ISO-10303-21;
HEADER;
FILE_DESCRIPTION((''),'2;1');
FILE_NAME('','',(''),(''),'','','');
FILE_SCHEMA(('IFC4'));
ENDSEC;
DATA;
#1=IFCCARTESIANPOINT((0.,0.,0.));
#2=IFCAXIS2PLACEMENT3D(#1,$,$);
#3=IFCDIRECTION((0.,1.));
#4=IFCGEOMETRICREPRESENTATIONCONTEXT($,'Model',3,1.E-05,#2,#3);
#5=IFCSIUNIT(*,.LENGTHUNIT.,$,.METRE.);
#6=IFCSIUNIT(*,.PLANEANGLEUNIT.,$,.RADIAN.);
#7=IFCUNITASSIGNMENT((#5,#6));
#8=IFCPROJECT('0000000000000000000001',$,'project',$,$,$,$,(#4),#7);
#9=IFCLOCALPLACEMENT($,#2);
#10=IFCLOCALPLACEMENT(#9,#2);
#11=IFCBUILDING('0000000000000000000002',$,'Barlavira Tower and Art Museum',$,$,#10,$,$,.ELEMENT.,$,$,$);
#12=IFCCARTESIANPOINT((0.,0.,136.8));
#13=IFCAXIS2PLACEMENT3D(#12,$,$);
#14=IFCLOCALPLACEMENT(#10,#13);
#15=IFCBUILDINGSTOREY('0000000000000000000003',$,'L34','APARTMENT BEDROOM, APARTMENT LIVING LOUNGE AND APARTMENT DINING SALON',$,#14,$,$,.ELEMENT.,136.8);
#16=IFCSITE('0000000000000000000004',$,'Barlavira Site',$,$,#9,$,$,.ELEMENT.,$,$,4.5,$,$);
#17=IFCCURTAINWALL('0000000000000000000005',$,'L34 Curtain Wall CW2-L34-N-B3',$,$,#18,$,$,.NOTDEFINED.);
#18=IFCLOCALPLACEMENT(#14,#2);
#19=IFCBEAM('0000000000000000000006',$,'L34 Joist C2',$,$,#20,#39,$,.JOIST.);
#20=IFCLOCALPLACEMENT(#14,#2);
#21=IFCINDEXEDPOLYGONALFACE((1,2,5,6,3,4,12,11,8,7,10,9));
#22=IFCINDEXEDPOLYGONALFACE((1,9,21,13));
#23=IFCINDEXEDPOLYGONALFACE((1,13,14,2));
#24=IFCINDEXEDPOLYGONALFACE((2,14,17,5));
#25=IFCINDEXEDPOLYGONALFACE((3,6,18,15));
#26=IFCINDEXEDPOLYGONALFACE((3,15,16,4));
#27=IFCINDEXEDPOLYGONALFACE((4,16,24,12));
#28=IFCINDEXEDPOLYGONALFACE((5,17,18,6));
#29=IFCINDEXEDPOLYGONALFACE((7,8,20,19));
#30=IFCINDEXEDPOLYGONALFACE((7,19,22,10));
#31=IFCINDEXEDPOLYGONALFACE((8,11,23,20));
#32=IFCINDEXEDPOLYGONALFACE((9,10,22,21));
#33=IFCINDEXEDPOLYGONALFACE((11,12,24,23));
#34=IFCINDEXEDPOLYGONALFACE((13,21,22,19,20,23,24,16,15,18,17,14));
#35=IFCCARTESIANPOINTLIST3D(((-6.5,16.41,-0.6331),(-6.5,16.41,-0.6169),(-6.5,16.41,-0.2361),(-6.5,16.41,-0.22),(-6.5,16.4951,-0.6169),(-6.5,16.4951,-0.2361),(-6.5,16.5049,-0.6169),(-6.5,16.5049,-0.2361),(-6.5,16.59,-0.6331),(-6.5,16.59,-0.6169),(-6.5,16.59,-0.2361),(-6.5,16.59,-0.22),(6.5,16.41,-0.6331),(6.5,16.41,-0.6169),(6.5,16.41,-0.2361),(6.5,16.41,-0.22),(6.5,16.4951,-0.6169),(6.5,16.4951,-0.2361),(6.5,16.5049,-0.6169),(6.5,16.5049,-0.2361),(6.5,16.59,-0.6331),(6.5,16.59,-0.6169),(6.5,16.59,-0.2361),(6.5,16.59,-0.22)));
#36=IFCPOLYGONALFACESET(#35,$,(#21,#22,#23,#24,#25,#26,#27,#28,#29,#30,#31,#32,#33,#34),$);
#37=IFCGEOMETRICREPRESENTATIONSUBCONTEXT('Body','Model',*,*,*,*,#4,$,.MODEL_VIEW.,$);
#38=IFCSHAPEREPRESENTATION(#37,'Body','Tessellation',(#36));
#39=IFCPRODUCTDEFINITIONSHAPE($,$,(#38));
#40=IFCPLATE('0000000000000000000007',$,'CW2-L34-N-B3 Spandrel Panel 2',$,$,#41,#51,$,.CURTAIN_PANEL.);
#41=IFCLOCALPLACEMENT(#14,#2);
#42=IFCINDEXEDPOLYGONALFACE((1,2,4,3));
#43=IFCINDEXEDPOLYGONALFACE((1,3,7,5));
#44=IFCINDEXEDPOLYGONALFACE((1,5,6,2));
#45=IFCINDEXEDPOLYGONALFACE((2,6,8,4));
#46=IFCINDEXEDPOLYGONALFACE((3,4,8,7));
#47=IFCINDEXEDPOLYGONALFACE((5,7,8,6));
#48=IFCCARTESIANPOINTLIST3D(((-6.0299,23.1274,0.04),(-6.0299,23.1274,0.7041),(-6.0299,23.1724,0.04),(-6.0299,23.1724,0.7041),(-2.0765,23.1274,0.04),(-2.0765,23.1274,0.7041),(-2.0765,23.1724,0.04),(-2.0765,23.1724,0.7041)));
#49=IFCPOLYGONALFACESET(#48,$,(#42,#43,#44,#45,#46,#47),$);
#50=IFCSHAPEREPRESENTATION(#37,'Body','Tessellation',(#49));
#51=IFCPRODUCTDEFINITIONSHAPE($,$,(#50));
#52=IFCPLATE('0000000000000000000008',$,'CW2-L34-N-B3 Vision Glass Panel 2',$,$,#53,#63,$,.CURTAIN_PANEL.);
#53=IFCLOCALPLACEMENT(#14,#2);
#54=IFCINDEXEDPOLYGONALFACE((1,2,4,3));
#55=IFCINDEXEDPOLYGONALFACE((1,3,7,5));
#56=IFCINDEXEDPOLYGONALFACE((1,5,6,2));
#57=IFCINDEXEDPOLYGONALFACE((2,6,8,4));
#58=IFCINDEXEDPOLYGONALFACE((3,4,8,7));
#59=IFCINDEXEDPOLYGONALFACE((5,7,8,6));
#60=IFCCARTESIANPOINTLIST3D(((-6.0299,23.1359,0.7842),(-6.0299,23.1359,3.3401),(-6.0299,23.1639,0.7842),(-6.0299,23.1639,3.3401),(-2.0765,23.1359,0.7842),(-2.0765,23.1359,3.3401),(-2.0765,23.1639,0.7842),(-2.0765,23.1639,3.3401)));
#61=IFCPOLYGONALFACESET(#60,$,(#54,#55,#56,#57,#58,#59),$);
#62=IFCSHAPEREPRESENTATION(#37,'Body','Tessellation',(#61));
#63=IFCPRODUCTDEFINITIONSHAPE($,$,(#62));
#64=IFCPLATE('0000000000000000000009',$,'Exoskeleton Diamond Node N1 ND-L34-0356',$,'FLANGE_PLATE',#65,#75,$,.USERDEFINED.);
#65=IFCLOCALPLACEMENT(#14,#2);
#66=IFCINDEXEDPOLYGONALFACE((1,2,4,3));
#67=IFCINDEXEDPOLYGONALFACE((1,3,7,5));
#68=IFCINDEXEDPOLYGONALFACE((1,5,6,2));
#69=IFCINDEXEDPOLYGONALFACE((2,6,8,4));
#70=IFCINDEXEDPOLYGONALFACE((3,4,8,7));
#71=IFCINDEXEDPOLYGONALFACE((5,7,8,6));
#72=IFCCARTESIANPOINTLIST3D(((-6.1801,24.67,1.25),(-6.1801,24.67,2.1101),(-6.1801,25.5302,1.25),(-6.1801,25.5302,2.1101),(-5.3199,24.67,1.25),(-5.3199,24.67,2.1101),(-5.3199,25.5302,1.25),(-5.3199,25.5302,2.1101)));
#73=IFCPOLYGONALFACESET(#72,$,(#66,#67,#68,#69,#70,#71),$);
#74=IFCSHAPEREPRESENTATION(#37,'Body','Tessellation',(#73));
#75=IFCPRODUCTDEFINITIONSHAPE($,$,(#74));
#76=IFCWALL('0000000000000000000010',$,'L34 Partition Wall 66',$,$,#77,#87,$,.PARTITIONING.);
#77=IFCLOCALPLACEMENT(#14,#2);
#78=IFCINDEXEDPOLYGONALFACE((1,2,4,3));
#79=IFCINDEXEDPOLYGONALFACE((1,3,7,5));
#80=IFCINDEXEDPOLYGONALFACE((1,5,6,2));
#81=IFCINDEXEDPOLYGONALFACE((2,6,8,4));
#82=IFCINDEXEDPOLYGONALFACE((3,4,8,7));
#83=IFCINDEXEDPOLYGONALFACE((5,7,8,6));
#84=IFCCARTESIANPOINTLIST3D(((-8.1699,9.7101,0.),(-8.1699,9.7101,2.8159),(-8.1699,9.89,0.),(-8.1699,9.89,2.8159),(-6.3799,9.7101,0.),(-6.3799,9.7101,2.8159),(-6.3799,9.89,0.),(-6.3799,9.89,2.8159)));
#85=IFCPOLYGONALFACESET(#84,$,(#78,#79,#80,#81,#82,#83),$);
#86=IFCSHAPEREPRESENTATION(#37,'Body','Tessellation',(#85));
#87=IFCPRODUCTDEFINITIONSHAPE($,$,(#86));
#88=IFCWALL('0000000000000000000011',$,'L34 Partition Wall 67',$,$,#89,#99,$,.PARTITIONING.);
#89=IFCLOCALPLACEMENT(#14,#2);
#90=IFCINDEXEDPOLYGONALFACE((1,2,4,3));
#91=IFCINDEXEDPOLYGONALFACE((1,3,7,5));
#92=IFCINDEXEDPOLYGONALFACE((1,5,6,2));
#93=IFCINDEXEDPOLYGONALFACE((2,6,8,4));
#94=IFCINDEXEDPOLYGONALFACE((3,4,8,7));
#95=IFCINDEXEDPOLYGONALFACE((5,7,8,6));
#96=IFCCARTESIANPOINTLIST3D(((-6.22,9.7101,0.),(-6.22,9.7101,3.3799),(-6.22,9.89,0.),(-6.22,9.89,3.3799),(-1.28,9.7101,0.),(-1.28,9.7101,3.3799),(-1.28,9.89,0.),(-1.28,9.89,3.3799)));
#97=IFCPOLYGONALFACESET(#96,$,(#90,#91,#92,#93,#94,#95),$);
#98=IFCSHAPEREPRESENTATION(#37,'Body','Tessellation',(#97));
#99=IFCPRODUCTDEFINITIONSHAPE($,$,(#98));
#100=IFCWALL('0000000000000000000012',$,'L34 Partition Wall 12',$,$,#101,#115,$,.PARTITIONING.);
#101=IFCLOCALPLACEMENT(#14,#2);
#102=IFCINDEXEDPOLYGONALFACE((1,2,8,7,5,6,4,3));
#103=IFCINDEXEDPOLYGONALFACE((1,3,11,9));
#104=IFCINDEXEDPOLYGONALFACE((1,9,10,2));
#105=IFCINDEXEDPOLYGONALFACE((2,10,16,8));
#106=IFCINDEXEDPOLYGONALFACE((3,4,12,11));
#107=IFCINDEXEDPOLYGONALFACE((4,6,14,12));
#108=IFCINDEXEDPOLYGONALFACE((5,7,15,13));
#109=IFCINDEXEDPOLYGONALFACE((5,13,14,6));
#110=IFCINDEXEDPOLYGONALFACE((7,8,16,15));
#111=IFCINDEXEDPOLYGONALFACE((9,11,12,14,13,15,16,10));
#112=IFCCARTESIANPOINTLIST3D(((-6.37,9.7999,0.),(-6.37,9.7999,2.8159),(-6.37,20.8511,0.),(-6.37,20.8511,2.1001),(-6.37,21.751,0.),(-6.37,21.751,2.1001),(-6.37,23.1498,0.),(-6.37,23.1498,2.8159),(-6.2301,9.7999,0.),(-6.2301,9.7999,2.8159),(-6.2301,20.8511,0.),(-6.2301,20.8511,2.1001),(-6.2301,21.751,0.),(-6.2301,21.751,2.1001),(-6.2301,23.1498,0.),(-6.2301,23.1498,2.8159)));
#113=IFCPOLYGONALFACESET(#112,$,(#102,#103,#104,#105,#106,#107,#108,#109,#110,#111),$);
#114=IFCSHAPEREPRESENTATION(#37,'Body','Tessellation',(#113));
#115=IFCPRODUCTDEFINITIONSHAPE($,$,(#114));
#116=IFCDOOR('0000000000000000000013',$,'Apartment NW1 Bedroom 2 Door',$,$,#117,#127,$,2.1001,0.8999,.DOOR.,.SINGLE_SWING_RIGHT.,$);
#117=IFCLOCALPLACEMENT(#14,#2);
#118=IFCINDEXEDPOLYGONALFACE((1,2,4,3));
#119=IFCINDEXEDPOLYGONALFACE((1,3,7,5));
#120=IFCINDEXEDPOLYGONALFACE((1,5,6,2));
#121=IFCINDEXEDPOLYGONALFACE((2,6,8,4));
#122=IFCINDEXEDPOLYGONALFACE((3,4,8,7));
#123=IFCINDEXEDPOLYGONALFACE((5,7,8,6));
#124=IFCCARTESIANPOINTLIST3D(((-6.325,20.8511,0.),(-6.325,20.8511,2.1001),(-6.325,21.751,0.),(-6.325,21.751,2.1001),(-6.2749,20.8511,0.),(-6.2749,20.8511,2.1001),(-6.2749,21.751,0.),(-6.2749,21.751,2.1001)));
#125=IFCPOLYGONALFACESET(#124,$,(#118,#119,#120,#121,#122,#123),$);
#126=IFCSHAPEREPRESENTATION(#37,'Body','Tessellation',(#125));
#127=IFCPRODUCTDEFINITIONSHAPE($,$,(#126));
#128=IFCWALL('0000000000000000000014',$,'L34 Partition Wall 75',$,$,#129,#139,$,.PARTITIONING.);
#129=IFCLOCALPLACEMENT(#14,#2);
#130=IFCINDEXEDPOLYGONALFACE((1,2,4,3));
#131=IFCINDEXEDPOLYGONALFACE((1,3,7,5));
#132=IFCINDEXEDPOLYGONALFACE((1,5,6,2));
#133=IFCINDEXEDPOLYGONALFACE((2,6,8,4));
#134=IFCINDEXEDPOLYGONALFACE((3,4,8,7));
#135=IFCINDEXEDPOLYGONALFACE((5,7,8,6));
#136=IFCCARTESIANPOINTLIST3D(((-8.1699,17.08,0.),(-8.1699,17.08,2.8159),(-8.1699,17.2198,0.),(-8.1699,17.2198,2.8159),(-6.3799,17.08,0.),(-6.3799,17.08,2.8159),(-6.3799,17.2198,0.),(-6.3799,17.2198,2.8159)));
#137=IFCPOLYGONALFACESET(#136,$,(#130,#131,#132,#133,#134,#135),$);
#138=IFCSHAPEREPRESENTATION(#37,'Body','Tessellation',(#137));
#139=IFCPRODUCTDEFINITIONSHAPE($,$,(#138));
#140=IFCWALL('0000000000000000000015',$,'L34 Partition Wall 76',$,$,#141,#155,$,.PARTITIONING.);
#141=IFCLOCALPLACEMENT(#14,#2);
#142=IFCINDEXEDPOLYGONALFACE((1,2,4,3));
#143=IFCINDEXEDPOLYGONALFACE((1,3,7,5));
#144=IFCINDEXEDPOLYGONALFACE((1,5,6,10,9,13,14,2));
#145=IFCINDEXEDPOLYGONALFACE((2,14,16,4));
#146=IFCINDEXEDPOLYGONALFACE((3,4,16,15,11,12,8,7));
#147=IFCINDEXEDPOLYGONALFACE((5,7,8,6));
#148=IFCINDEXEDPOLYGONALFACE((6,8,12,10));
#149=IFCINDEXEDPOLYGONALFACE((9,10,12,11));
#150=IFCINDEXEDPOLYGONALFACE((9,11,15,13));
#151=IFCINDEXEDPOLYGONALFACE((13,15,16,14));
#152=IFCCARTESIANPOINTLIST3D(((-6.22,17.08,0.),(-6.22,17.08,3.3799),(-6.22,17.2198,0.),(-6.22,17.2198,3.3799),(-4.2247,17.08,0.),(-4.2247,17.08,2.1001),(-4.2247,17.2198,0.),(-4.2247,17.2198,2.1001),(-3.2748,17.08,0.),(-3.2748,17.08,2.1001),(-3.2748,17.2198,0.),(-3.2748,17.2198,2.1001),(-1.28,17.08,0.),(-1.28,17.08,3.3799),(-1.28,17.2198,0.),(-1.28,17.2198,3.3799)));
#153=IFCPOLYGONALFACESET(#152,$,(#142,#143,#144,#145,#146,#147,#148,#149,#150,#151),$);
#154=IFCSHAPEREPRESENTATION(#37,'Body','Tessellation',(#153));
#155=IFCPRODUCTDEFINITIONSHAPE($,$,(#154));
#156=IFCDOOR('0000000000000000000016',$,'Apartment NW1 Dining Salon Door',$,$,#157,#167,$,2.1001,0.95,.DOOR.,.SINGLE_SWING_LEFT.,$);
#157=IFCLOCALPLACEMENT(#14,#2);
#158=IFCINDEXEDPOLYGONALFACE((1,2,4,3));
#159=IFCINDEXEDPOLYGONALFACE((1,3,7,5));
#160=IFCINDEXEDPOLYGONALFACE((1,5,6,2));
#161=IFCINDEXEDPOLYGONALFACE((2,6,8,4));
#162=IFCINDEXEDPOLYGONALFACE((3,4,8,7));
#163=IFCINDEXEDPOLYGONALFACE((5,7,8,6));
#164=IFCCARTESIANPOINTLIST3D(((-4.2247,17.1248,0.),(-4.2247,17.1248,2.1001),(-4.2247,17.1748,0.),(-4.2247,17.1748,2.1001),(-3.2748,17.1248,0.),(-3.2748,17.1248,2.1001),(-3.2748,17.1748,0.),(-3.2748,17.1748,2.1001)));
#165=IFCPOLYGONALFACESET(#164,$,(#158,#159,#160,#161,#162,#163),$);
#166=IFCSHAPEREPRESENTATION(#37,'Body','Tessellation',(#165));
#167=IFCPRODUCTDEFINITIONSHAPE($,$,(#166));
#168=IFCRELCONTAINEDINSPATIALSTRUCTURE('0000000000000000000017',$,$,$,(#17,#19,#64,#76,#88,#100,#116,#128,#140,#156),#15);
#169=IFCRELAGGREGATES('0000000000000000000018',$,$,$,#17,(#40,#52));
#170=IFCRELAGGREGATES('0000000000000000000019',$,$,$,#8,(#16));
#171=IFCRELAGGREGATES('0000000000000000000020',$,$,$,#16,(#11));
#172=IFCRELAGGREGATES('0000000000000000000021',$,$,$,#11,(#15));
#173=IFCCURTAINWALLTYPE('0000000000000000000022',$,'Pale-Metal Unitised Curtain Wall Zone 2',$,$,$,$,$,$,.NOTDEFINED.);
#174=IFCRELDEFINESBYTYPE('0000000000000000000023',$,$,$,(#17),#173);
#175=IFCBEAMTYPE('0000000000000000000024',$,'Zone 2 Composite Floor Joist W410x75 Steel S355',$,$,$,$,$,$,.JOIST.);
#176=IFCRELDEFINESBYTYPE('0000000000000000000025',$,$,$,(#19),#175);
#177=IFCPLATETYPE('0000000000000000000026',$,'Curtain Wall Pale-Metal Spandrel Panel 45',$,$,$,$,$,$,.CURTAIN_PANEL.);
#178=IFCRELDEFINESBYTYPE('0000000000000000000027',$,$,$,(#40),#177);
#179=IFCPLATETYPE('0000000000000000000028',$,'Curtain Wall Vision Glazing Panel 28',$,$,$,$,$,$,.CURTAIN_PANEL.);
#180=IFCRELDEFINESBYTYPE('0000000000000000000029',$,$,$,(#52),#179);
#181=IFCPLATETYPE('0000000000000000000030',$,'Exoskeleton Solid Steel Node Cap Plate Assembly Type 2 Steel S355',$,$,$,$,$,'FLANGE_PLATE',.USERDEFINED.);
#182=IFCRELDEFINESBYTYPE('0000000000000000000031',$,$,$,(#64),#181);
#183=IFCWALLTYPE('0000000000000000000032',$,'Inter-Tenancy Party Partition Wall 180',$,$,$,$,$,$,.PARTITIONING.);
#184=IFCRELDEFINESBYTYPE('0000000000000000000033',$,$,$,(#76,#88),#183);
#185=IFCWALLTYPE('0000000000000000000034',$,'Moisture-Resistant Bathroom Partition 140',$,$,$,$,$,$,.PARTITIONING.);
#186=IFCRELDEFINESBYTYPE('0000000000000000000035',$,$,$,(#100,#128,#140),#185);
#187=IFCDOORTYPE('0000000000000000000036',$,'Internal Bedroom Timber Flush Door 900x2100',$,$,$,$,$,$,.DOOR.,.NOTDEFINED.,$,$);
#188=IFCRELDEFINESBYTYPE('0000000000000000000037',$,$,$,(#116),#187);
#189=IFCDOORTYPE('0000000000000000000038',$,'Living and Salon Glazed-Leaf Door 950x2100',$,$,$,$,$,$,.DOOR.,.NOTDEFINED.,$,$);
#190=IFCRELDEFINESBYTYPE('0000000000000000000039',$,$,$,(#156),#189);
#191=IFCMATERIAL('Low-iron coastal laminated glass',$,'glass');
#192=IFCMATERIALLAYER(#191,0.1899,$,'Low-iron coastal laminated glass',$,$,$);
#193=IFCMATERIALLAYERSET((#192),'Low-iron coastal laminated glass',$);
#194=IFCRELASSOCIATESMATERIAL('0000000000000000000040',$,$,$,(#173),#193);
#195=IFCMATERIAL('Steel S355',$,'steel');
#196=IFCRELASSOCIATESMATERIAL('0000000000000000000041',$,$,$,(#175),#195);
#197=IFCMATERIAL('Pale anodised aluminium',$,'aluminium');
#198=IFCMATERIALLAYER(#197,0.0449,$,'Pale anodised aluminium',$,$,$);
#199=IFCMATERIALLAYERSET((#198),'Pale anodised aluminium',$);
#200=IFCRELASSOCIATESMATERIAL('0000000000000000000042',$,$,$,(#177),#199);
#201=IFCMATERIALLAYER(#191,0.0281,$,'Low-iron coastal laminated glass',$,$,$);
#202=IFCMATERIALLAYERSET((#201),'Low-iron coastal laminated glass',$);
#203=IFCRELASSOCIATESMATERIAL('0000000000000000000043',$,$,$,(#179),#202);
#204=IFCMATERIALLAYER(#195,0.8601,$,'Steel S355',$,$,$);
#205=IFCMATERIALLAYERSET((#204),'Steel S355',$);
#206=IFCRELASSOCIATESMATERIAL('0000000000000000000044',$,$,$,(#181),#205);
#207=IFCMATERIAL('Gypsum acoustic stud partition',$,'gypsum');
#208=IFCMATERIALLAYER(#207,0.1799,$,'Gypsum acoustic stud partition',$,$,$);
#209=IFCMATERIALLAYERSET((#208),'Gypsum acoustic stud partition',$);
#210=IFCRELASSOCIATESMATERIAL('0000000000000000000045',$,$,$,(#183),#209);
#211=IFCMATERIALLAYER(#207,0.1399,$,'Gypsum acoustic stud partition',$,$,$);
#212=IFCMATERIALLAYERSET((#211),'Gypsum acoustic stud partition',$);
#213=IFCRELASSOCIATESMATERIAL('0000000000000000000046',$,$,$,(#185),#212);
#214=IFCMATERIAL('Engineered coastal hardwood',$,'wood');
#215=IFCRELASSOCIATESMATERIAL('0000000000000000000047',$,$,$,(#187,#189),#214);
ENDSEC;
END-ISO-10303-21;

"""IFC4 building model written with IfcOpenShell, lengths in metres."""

from ifc_helpers import new_model, si_unit, direction, frame, frame_2d, origin, origin_2d, place, context, subcontext, project, spatial, rectangle, i_section, extrude, material, layer, layer_set, material_profile, profile_set, type_object, element, fill, aggregate, save


model = new_model("IFC4")

# Units and contexts
model_context = context("Model", 3, precision=1e-05, world=origin(), true_north=direction((0.0, 1.0)))
body_context = subcontext(model_context, "Body", "Model", "MODEL_VIEW")
ifc_project = project(units=[si_unit("LENGTHUNIT", "METRE"), si_unit("PLANEANGLEUNIT", "RADIAN")], contexts=[model_context])

# Site, building, storey
site_placement = place(None, origin())
site = spatial("IfcSite", under=ifc_project, at=site_placement, Name="Barlavira Site", CompositionType="ELEMENT", RefElevation=4.5)
building_placement = place(site_placement, origin())
building = spatial("IfcBuilding", under=site, at=building_placement, Name="Barlavira Tower and Art Museum", CompositionType="ELEMENT")
storey_placement = place(building_placement, frame((0.0, 0.0, 136.8)))
storey = spatial("IfcBuildingStorey", under=building, at=storey_placement, Name="L34", Description="APARTMENT BEDROOM, APARTMENT LIVING LOUNGE AND APARTMENT DINING SALON", CompositionType="ELEMENT", Elevation=136.8)

# Curtain wall
ifc_material_1 = material(Name="Low-iron coastal laminated glass", Category="glass")
ifc_layer_1 = layer(ifc_material_1, 0.1899, Name="Low-iron coastal laminated glass")
ifc_layer_set_1 = layer_set([ifc_layer_1], Name="Low-iron coastal laminated glass")
curtain_wall_type = type_object("IfcCurtainWallType", Name="Pale-Metal Unitised Curtain Wall Zone 2", PredefinedType="NOTDEFINED", material=ifc_layer_set_1)
curtain_wall_placement = place(storey_placement, origin())
curtain_wall = element("IfcCurtainWall", 1, at=curtain_wall_placement, inside=storey, type_object=curtain_wall_type, Name="L34 Curtain Wall CW2-L34-N-B3", PredefinedType="NOTDEFINED")
ifc_material_2 = material(Name="Pale anodised aluminium", Category="aluminium")

# Beam
ifc_material_3 = material(Name="Steel S355", Category="steel")
ifc_material_profile_1 = material_profile(ifc_material_3, i_section(OverallWidth=0.1799, OverallDepth=0.4131, WebThickness=0.0098, FlangeThickness=0.0161, at=origin_2d()), Name="W410x75.0")
ifc_profile_set_1 = profile_set([ifc_material_profile_1], Name="Steel S355")
beam_type_1 = type_object("IfcBeamType", Name="Zone 2 Composite Floor Joist W410x75 Steel S355", PredefinedType="JOIST", material=ifc_profile_set_1)
beam_1_placement = place(storey_placement, frame((-6.5, 16.5, -0.4265), z_axis=(1.0, 0.0, 0.0), x_axis=(0.0, 1.0, 0.0)))
element("IfcBeam", 2, at=beam_1_placement, inside=storey, type_object=beam_type_1, Name="L34 Joist C2", PredefinedType="JOIST", context=body_context, shape_type="SweptSolid", body=[
    extrude(i_section(OverallWidth=0.1799, OverallDepth=0.4131, WebThickness=0.0098, FlangeThickness=0.0161, at=origin_2d()), origin(), (0.0, 0.0, 1.0), 13.0),
])

# Plates
ifc_layer_2 = layer(ifc_material_2, 0.0449, Name="Pale anodised aluminium")
ifc_layer_set_2 = layer_set([ifc_layer_2], Name="Pale anodised aluminium")
plate_type_1 = type_object("IfcPlateType", Name="Curtain Wall Pale-Metal Spandrel Panel 45", PredefinedType="CURTAIN_PANEL", material=ifc_layer_set_2)
plate_1_placement = place(storey_placement, frame((-4.0532, 23.1499, 0.04), z_axis=(0.0, 0.0, 1.0), x_axis=(-1.0, 0.0, 0.0)))
plate_1 = element("IfcPlate", 3, at=plate_1_placement, type_object=plate_type_1, Name="CW2-L34-N-B3 Spandrel Panel 2", PredefinedType="CURTAIN_PANEL", context=body_context, shape_type="SweptSolid", body=[
    extrude(rectangle(XDim=3.9534, YDim=0.0449, at=origin_2d()), origin(), (0.0, 0.0, 1.0), 0.6641),
])
ifc_layer_3 = layer(ifc_material_1, 0.0281, Name="Low-iron coastal laminated glass")
ifc_layer_set_3 = layer_set([ifc_layer_3], Name="Low-iron coastal laminated glass")
plate_type_2 = type_object("IfcPlateType", Name="Curtain Wall Vision Glazing Panel 28", PredefinedType="CURTAIN_PANEL", material=ifc_layer_set_3)
plate_2_placement = place(storey_placement, frame((-4.0532, 23.1499, 0.7842), z_axis=(0.0, 0.0, 1.0), x_axis=(-1.0, 0.0, 0.0)))
plate_2 = element("IfcPlate", 4, at=plate_2_placement, type_object=plate_type_2, Name="CW2-L34-N-B3 Vision Glass Panel 2", PredefinedType="CURTAIN_PANEL", context=body_context, shape_type="SweptSolid", body=[
    extrude(rectangle(XDim=3.9534, YDim=0.0281, at=origin_2d()), origin(), (0.0, 0.0, 1.0), 2.5559),
])
aggregate(curtain_wall, [plate_1, plate_2])
ifc_layer_4 = layer(ifc_material_3, 0.8601, Name="Steel S355")
ifc_layer_set_4 = layer_set([ifc_layer_4], Name="Steel S355")
plate_type_3 = type_object("IfcPlateType", Name="Exoskeleton Solid Steel Node Cap Plate Assembly Type 2 Steel S355", ElementType="FLANGE_PLATE", PredefinedType="USERDEFINED", material=ifc_layer_set_4)
plate_3_placement = place(storey_placement, frame((-5.75, 25.1001, 1.25), z_axis=(0.0, 0.0, 1.0), x_axis=(1.0, 0.0, 0.0)))
element("IfcPlate", 5, at=plate_3_placement, inside=storey, type_object=plate_type_3, Name="Exoskeleton Diamond Node N1 ND-L34-0356", ObjectType="FLANGE_PLATE", PredefinedType="USERDEFINED", context=body_context, shape_type="SweptSolid", body=[
    extrude(rectangle(XDim=0.8601, YDim=0.8601, at=origin_2d()), origin(), (0.0, 0.0, 1.0), 0.8601),
])

# Walls
ifc_material_4 = material(Name="Gypsum acoustic stud partition", Category="gypsum")
ifc_layer_5 = layer(ifc_material_4, 0.1799, Name="Gypsum acoustic stud partition")
ifc_layer_set_5 = layer_set([ifc_layer_5], Name="Gypsum acoustic stud partition")
wall_type_1 = type_object("IfcWallType", Name="Inter-Tenancy Party Partition Wall 180", PredefinedType="PARTITIONING", material=ifc_layer_set_5)
wall_1_placement = place(storey_placement, frame((-8.1699, 9.8, 0.0), z_axis=(0.0, 0.0, 1.0), x_axis=(1.0, 0.0, 0.0)))
element("IfcWall", 6, at=wall_1_placement, inside=storey, type_object=wall_type_1, Name="L34 Partition Wall 66", PredefinedType="PARTITIONING", context=body_context, shape_type="SweptSolid", body=[
    extrude(rectangle(XDim=1.79, YDim=0.1799, at=frame_2d((0.895, 0.0))), origin(), (0.0, 0.0, 1.0), 2.8159),
])
wall_2_placement = place(storey_placement, frame((-6.22, 9.8, 0.0), z_axis=(0.0, 0.0, 1.0), x_axis=(1.0, 0.0, 0.0)))
element("IfcWall", 7, at=wall_2_placement, inside=storey, type_object=wall_type_1, Name="L34 Partition Wall 67", PredefinedType="PARTITIONING", context=body_context, shape_type="SweptSolid", body=[
    extrude(rectangle(XDim=4.9399, YDim=0.1799, at=frame_2d((2.47, 0.0))), origin(), (0.0, 0.0, 1.0), 3.3799),
])

# Wall, opening, door
ifc_layer_6 = layer(ifc_material_4, 0.1399, Name="Gypsum acoustic stud partition")
ifc_layer_set_6 = layer_set([ifc_layer_6], Name="Gypsum acoustic stud partition")
wall_type_2 = type_object("IfcWallType", Name="Moisture-Resistant Bathroom Partition 140", PredefinedType="PARTITIONING", material=ifc_layer_set_6)
wall_3_placement = place(storey_placement, frame((-6.3, 9.8, 0.0), z_axis=(0.0, 0.0, 1.0), x_axis=(0.0, 1.0, 0.0)))
wall_3 = element("IfcWall", 8, at=wall_3_placement, inside=storey, type_object=wall_type_2, Name="L34 Partition Wall 12", PredefinedType="PARTITIONING", context=body_context, shape_type="SweptSolid", body=[
    extrude(rectangle(XDim=13.3499, YDim=0.1399, at=frame_2d((6.6748, 0.0))), origin(), (0.0, 0.0, 1.0), 2.8159),
])
opening_1_placement = place(wall_3_placement, frame((11.051, 0.0, 0.0)))
opening_1 = element("IfcOpeningElement", 9, at=opening_1_placement, cuts=wall_3, PredefinedType="OPENING", context=body_context, shape_type="SweptSolid", body=[
    extrude(rectangle(XDim=0.8999, YDim=2.1001, at=frame_2d((0.45, 1.05))), frame((0.0, 0.0801, 0.0), z_axis=(0.0, -1.0, 0.0), x_axis=(1.0, 0.0, 0.0)), (0.0, 0.0, 1.0), 0.1599),
])
ifc_material_5 = material(Name="Engineered coastal hardwood", Category="wood")
door_type_1 = type_object("IfcDoorType", Name="Internal Bedroom Timber Flush Door 900x2100", OperationType="NOTDEFINED", PredefinedType="DOOR", material=ifc_material_5)
door_1_placement = place(opening_1_placement, origin())
door_1 = element("IfcDoor", 10, at=door_1_placement, inside=storey, type_object=door_type_1, Name="Apartment NW1 Bedroom 2 Door", OperationType="SINGLE_SWING_RIGHT", OverallHeight=2.1001, OverallWidth=0.8999, PredefinedType="DOOR", context=body_context, shape_type="SweptSolid", body=[
    extrude(rectangle(XDim=0.8999, YDim=2.1001, at=frame_2d((0.45, 1.05))), frame((0.0, 0.0249, 0.0), z_axis=(0.0, -1.0, 0.0), x_axis=(1.0, 0.0, 0.0)), (0.0, 0.0, 1.0), 0.05),
])
fill(opening_1, door_1)

# Wall
wall_4_placement = place(storey_placement, frame((-8.1699, 17.1499, 0.0), z_axis=(0.0, 0.0, 1.0), x_axis=(1.0, 0.0, 0.0)))
element("IfcWall", 11, at=wall_4_placement, inside=storey, type_object=wall_type_2, Name="L34 Partition Wall 75", PredefinedType="PARTITIONING", context=body_context, shape_type="SweptSolid", body=[
    extrude(rectangle(XDim=1.79, YDim=0.1399, at=frame_2d((0.895, 0.0))), origin(), (0.0, 0.0, 1.0), 2.8159),
])

# Wall, opening, door
wall_5_placement = place(storey_placement, frame((-6.22, 17.1499, 0.0), z_axis=(0.0, 0.0, 1.0), x_axis=(1.0, 0.0, 0.0)))
wall_5 = element("IfcWall", 12, at=wall_5_placement, inside=storey, type_object=wall_type_2, Name="L34 Partition Wall 76", PredefinedType="PARTITIONING", context=body_context, shape_type="SweptSolid", body=[
    extrude(rectangle(XDim=4.9399, YDim=0.1399, at=frame_2d((2.47, 0.0))), origin(), (0.0, 0.0, 1.0), 3.3799),
])
opening_2_placement = place(wall_5_placement, frame((1.9951, 0.0, 0.0)))
opening_2 = element("IfcOpeningElement", 13, at=opening_2_placement, cuts=wall_5, PredefinedType="OPENING", context=body_context, shape_type="SweptSolid", body=[
    extrude(rectangle(XDim=0.95, YDim=2.1001, at=frame_2d((0.4751, 1.05))), frame((0.0, 0.0801, 0.0), z_axis=(0.0, -1.0, 0.0), x_axis=(1.0, 0.0, 0.0)), (0.0, 0.0, 1.0), 0.1599),
])
door_type_2 = type_object("IfcDoorType", Name="Living and Salon Glazed-Leaf Door 950x2100", OperationType="NOTDEFINED", PredefinedType="DOOR", material=ifc_material_5)
door_2_placement = place(opening_2_placement, origin())
door_2 = element("IfcDoor", 14, at=door_2_placement, inside=storey, type_object=door_type_2, Name="Apartment NW1 Dining Salon Door", OperationType="SINGLE_SWING_LEFT", OverallHeight=2.1001, OverallWidth=0.95, PredefinedType="DOOR", context=body_context, shape_type="SweptSolid", body=[
    extrude(rectangle(XDim=0.95, YDim=2.1001, at=frame_2d((0.4751, 1.05))), frame((0.0, 0.0249, 0.0), z_axis=(0.0, -1.0, 0.0), x_axis=(1.0, 0.0, 0.0)), (0.0, 0.0, 1.0), 0.05),
])
fill(opening_2, door_2)

save(model, "model.ifc")
